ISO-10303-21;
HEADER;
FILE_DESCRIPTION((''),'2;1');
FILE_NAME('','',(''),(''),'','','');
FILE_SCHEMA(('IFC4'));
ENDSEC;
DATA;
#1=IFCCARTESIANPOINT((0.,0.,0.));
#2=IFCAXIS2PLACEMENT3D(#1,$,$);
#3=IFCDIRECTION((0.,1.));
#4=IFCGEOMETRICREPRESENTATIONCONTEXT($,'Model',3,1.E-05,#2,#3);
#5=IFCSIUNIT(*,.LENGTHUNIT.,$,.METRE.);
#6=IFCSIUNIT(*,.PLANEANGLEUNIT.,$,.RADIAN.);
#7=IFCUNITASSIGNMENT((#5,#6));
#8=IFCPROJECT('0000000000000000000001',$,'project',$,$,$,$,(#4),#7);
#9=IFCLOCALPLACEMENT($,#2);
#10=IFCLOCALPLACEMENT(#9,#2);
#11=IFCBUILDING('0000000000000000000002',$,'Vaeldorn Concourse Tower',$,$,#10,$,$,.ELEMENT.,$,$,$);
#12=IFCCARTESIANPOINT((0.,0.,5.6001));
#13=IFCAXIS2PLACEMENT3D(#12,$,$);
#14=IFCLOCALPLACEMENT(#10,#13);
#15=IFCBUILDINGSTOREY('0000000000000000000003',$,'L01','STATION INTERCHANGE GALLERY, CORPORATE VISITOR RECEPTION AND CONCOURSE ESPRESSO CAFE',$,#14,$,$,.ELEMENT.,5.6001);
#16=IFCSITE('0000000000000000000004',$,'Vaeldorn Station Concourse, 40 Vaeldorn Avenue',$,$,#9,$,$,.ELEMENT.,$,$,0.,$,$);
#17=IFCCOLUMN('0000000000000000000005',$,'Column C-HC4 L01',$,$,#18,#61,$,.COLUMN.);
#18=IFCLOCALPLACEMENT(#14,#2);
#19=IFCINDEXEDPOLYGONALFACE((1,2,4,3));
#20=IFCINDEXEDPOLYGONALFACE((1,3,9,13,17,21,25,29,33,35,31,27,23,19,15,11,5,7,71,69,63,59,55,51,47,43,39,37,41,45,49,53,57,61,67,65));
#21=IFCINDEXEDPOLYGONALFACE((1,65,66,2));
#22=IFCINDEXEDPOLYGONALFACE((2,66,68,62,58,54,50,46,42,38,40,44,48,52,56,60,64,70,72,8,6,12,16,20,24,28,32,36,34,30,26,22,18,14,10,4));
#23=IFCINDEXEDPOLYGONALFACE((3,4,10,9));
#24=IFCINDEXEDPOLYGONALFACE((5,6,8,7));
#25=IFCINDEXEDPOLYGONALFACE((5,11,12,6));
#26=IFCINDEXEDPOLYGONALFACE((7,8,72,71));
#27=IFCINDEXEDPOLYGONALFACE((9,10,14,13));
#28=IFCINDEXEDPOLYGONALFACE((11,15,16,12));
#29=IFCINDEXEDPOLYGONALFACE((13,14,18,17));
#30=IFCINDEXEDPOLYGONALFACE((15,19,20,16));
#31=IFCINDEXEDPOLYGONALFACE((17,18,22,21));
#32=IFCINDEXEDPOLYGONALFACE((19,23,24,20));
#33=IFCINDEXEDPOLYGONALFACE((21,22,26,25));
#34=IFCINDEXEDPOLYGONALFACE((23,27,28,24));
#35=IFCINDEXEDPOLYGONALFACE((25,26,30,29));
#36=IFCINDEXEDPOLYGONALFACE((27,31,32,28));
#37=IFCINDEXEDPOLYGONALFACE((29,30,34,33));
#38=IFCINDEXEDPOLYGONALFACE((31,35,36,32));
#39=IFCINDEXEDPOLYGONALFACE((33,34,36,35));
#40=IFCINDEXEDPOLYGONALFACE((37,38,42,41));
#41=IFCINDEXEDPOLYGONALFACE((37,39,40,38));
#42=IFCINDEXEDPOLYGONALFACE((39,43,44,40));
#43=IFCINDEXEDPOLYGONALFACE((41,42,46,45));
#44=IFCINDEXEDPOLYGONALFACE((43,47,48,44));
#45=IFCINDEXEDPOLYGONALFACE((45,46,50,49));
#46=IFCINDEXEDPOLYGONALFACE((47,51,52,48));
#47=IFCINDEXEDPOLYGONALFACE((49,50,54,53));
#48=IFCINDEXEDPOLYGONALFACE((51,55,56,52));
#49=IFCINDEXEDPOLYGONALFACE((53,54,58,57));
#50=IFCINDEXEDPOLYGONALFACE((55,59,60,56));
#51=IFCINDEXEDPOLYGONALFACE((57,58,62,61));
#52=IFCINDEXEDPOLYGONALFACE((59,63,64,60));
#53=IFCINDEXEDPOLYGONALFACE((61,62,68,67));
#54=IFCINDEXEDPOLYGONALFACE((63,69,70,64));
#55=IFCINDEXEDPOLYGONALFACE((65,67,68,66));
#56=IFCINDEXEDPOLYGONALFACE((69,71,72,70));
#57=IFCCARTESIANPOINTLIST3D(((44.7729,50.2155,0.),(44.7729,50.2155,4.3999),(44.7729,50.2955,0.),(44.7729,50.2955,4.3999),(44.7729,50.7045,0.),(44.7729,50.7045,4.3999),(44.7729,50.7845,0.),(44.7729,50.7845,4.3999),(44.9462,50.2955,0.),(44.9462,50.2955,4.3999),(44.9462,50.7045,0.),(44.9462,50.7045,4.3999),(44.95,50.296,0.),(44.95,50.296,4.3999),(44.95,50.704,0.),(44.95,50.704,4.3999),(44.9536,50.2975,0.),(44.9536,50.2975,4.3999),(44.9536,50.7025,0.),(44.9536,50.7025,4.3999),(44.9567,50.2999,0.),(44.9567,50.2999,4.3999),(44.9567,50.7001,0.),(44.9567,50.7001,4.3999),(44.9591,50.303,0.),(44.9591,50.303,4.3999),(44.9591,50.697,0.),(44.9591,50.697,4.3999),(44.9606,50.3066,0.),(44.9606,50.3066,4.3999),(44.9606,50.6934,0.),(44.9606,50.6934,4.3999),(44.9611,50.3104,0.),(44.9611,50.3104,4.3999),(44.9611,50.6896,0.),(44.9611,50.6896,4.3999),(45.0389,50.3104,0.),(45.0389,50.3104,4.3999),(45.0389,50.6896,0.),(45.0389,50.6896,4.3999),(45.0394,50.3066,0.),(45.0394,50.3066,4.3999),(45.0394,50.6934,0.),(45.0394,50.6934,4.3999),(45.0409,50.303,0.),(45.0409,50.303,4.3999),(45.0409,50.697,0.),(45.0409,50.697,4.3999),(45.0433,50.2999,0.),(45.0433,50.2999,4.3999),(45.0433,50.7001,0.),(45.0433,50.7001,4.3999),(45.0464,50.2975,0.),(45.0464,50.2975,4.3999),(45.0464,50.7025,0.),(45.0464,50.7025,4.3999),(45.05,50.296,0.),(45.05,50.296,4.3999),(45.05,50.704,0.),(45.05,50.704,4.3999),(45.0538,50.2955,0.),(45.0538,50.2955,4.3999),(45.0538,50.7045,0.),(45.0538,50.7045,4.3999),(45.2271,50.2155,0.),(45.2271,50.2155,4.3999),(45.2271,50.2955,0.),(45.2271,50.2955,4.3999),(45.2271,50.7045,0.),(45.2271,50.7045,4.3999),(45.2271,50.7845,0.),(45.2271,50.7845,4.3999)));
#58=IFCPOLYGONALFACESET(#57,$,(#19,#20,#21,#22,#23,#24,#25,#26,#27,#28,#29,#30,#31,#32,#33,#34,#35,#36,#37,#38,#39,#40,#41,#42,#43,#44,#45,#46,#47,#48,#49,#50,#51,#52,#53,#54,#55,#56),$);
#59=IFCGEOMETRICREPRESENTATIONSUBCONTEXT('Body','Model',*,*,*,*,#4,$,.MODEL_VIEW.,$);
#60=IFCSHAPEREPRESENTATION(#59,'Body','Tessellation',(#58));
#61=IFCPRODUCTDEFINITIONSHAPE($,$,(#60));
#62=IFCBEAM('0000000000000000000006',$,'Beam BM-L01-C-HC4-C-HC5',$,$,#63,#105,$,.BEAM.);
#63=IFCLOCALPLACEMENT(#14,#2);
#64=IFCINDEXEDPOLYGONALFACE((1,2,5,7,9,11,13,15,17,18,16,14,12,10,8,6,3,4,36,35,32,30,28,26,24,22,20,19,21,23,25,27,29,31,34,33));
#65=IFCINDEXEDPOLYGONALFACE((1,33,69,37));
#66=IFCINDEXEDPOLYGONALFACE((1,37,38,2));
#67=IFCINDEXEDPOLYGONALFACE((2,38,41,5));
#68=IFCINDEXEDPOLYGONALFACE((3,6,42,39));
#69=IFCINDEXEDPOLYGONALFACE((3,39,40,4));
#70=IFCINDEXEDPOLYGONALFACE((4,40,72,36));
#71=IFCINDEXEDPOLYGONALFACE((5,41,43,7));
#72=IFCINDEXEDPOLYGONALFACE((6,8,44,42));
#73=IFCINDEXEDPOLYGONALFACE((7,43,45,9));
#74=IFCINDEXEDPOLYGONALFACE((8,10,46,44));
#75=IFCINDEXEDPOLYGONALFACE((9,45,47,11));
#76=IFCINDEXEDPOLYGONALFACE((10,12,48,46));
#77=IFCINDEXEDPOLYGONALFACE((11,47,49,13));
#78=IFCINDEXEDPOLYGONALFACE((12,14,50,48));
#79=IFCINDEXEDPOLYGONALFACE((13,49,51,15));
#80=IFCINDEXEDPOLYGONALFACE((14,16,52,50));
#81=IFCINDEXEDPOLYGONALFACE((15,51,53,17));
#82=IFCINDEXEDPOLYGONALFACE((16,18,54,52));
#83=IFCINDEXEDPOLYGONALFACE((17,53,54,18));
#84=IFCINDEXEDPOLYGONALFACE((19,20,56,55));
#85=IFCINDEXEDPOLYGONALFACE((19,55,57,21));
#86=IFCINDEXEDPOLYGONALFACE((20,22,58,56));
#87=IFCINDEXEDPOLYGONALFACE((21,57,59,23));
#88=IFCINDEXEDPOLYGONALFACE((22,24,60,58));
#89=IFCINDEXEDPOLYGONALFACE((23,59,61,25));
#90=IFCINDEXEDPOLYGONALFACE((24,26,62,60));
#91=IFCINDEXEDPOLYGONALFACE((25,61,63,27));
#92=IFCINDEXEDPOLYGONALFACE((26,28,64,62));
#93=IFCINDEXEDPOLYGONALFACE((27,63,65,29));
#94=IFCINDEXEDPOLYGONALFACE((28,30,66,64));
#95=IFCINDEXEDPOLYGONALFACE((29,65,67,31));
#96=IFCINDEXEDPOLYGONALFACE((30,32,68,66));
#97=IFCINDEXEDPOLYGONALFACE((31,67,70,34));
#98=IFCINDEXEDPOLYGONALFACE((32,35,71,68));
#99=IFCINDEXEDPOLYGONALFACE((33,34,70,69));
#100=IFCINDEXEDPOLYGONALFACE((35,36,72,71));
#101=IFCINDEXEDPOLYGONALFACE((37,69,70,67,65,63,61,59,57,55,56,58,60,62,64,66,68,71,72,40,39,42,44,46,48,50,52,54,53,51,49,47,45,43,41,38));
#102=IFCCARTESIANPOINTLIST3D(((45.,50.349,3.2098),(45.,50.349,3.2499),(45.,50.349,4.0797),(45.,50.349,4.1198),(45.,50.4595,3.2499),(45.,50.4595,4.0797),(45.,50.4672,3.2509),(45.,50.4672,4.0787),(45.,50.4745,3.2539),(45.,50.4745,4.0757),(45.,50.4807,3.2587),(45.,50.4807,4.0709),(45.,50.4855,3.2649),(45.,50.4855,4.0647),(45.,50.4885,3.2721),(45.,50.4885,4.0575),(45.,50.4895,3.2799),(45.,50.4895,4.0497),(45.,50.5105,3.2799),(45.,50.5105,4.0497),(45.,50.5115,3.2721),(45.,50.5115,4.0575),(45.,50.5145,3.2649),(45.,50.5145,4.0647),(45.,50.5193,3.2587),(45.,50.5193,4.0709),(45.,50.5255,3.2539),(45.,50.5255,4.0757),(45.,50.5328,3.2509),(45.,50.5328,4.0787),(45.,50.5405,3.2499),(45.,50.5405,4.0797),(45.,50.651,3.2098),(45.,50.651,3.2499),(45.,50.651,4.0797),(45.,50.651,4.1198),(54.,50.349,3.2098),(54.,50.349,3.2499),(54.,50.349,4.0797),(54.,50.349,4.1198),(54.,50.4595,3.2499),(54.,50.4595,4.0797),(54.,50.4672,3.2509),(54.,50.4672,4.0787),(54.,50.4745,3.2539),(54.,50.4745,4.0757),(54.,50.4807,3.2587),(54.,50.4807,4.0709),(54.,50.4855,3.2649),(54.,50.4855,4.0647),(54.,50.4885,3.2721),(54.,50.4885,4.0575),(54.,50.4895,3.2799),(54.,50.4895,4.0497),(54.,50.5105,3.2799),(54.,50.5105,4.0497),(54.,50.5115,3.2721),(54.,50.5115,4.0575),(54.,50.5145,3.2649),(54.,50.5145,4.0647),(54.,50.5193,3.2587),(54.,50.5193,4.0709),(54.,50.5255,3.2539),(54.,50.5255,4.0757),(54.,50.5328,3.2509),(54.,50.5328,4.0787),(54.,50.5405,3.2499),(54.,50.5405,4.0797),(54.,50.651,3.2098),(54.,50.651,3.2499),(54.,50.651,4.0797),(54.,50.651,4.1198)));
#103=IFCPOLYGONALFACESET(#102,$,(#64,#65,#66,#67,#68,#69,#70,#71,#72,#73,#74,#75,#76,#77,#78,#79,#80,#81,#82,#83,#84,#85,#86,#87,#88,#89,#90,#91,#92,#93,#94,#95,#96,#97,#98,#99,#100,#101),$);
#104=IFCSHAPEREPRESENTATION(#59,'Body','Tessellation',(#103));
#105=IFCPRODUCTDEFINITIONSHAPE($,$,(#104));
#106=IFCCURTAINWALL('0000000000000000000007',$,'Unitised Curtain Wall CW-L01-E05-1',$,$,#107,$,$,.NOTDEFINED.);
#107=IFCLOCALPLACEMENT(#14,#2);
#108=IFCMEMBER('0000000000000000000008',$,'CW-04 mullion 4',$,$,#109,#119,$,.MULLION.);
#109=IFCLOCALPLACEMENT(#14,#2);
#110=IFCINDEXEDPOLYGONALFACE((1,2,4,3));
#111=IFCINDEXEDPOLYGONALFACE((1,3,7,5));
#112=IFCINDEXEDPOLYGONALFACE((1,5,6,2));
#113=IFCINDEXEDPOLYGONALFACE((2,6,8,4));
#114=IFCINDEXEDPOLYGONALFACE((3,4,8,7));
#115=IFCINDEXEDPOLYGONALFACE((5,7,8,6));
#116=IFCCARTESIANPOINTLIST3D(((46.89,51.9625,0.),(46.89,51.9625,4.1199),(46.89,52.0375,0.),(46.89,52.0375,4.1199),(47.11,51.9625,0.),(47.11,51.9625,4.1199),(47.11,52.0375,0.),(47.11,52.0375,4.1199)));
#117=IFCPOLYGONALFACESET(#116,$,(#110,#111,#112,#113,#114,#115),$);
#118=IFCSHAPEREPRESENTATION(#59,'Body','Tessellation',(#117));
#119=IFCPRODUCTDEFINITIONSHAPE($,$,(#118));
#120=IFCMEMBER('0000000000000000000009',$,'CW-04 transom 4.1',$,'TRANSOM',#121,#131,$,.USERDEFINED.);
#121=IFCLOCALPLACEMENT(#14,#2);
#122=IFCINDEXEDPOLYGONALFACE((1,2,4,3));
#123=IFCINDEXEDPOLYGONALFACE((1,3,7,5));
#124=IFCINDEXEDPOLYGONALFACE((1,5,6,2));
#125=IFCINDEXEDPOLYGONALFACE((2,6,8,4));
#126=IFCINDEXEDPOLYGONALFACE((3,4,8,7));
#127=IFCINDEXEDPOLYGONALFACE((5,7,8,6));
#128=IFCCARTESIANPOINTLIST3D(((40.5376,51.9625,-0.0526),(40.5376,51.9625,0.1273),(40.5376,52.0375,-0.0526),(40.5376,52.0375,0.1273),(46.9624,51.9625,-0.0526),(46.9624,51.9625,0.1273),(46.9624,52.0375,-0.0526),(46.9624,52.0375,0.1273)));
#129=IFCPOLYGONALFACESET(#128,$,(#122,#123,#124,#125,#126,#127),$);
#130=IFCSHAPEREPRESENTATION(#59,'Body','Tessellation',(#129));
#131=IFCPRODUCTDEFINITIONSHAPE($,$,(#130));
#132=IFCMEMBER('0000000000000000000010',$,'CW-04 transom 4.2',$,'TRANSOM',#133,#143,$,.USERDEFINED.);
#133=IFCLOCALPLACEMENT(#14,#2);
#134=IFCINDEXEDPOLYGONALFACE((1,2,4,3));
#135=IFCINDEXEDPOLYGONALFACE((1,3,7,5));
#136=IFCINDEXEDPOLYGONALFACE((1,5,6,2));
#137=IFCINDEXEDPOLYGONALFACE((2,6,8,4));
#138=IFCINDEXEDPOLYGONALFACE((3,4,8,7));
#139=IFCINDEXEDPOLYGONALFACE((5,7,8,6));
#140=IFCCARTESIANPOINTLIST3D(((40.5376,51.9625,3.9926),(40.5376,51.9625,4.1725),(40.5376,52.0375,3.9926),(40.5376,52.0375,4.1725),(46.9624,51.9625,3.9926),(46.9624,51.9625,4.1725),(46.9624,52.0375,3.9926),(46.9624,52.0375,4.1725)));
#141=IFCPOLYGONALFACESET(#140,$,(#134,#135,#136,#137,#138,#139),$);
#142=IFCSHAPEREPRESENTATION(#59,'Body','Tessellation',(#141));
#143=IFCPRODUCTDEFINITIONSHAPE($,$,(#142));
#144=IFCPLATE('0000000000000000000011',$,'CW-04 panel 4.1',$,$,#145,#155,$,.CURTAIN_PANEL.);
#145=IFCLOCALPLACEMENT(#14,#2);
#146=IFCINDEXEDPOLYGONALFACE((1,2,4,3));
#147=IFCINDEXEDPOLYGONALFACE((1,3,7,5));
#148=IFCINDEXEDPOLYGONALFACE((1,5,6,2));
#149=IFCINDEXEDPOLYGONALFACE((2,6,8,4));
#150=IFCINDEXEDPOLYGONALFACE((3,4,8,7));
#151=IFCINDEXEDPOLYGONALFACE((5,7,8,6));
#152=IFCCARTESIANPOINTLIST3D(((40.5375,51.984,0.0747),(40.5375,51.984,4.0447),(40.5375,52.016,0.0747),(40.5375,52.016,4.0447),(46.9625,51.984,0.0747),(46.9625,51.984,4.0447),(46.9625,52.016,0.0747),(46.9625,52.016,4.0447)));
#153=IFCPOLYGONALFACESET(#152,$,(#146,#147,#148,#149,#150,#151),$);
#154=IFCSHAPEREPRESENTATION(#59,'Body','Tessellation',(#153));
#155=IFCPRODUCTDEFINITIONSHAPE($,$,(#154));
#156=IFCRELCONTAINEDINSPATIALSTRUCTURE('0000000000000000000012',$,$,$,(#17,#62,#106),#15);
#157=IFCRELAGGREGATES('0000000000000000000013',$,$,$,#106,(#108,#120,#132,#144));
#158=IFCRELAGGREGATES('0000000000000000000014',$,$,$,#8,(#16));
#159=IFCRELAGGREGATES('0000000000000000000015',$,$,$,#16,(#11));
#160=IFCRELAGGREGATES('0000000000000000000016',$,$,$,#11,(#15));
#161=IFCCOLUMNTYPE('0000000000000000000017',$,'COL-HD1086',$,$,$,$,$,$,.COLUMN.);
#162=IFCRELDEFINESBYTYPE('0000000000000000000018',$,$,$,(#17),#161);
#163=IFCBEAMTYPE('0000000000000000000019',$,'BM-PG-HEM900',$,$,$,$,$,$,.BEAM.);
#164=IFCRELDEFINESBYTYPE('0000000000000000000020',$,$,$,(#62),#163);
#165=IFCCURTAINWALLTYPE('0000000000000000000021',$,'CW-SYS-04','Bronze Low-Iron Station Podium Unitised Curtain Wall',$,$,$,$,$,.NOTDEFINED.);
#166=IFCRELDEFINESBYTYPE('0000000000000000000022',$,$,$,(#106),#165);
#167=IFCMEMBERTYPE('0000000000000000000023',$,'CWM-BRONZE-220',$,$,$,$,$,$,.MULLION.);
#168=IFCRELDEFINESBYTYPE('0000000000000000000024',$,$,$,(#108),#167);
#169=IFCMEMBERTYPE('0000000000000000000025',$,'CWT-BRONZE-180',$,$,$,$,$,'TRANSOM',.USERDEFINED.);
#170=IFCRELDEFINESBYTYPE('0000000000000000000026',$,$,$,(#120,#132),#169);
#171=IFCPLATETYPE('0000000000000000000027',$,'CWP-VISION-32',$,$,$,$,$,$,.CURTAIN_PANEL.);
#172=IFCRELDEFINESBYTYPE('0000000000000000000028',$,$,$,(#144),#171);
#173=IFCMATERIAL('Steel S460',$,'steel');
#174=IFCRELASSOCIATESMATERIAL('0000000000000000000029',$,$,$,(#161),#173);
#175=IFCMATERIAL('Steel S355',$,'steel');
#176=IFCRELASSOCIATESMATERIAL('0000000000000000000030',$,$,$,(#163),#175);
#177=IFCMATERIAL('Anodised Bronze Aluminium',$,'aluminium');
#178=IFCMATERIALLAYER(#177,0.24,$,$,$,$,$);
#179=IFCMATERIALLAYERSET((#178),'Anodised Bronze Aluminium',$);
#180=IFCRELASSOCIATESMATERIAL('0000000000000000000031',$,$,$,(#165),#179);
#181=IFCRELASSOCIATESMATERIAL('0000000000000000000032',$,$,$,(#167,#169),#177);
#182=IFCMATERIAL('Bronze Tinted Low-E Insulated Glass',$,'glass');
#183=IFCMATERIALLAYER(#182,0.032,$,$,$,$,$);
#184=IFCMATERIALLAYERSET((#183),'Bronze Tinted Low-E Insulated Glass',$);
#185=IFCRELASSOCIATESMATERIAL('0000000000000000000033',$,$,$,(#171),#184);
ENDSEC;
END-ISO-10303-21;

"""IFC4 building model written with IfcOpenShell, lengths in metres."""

from ifc_helpers import new_model, si_unit, direction, frame, origin, origin_2d, place, context, subcontext, project, spatial, rectangle, i_section, extrude, source, transform, mapped, material, layer, layer_set, material_profile, profile_set, type_object, element, aggregate, save


model = new_model("IFC4")

# Units and contexts
model_context = context("Model", 3, precision=1e-05, world=origin(), true_north=direction((0.0, 1.0)))
body_context = subcontext(model_context, "Body", "Model", "MODEL_VIEW")
ifc_project = project(units=[si_unit("LENGTHUNIT", "METRE"), si_unit("PLANEANGLEUNIT", "RADIAN")], contexts=[model_context])

# Site, building, storey
site_placement = place(None, origin())
site = spatial("IfcSite", under=ifc_project, at=site_placement, Name="Vaeldorn Station Concourse, 40 Vaeldorn Avenue", CompositionType="ELEMENT", RefElevation=0.0)
building_placement = place(site_placement, origin())
building = spatial("IfcBuilding", under=site, at=building_placement, Name="Vaeldorn Concourse Tower", CompositionType="ELEMENT")
storey_placement = place(building_placement, frame((0.0, 0.0, 5.6001)))
storey = spatial("IfcBuildingStorey", under=building, at=storey_placement, Name="L01", Description="STATION INTERCHANGE GALLERY, CORPORATE VISITOR RECEPTION AND CONCOURSE ESPRESSO CAFE", CompositionType="ELEMENT", Elevation=5.6001)

# Column
ifc_material_1 = material(Name="Steel S460", Category="steel")
ifc_material_profile_1 = material_profile(ifc_material_1, i_section(OverallWidth=0.4541, OverallDepth=0.5691, WebThickness=0.0779, FlangeThickness=0.0801, FilletRadius=0.0149, at=origin_2d()), Name="HD 400x1086")
ifc_profile_set_1 = profile_set([ifc_material_profile_1], Name="Steel S460")
column_type = type_object("IfcColumnType", Name="COL-HD1086", PredefinedType="COLUMN", material=ifc_profile_set_1)
shared_shape_1 = source(origin(), body_context, "Body", "SweptSolid", [
    extrude(i_section(OverallWidth=0.4541, OverallDepth=0.5691, WebThickness=0.0779, FlangeThickness=0.0801, FilletRadius=0.0149, at=origin_2d()), origin(), (0.0, 0.0, 1.0), 4.3999),
])
column_placement = place(storey_placement, frame((45.0, 50.5, 0.0), z_axis=(0.0, 0.0, 1.0), x_axis=(1.0, 0.0, 0.0)))
element("IfcColumn", 1, at=column_placement, inside=storey, type_object=column_type, Name="Column C-HC4 L01", PredefinedType="COLUMN", context=body_context, shape_type="MappedRepresentation", body=[
    mapped(shared_shape_1, transform((0.0, 0.0, 0.0), scale=1.0)),
])

# Beam
ifc_material_2 = material(Name="Steel S355", Category="steel")
ifc_material_profile_2 = material_profile(ifc_material_2, i_section(OverallWidth=0.302, OverallDepth=0.9099, WebThickness=0.021, FlangeThickness=0.04, FilletRadius=0.03, at=origin_2d()), Name="HEM 900")
ifc_profile_set_2 = profile_set([ifc_material_profile_2], Name="Steel S355")
beam_type = type_object("IfcBeamType", Name="BM-PG-HEM900", PredefinedType="BEAM", material=ifc_profile_set_2)
shared_shape_2 = source(origin(), body_context, "Body", "SweptSolid", [
    extrude(i_section(OverallWidth=0.302, OverallDepth=0.9099, WebThickness=0.021, FlangeThickness=0.04, FilletRadius=0.03, at=origin_2d()), origin(), (0.0, 0.0, 1.0), 9.0),
])
beam_placement = place(storey_placement, frame((45.0, 50.5, 3.6648), z_axis=(1.0, 0.0, 0.0), x_axis=(0.0, 1.0, 0.0)))
element("IfcBeam", 2, at=beam_placement, inside=storey, type_object=beam_type, Name="Beam BM-L01-C-HC4-C-HC5", PredefinedType="BEAM", context=body_context, shape_type="MappedRepresentation", body=[
    mapped(shared_shape_2, transform((0.0, 0.0, 0.0), scale=1.0)),
])

# Curtain wall, members, plate
ifc_material_3 = material(Name="Anodised Bronze Aluminium", Category="aluminium")
ifc_layer_1 = layer(ifc_material_3, 0.24)
ifc_layer_set_1 = layer_set([ifc_layer_1], Name="Anodised Bronze Aluminium")
curtain_wall_type = type_object("IfcCurtainWallType", Name="CW-SYS-04", Description="Bronze Low-Iron Station Podium Unitised Curtain Wall", PredefinedType="NOTDEFINED", material=ifc_layer_set_1)
curtain_wall_placement = place(storey_placement, origin())
curtain_wall = element("IfcCurtainWall", 3, at=curtain_wall_placement, inside=storey, type_object=curtain_wall_type, Name="Unitised Curtain Wall CW-L01-E05-1", PredefinedType="NOTDEFINED")
ifc_material_profile_3 = material_profile(ifc_material_3, rectangle(XDim=0.075, YDim=0.22, at=origin_2d()), Name="CWM 75x220")
ifc_profile_set_3 = profile_set([ifc_material_profile_3], Name="Anodised Bronze Aluminium")
member_type_1 = type_object("IfcMemberType", Name="CWM-BRONZE-220", PredefinedType="MULLION", material=ifc_profile_set_3)
shared_shape_3 = source(origin(), body_context, "Body", "SweptSolid", [
    extrude(rectangle(XDim=0.075, YDim=0.22, at=origin_2d()), origin(), (0.0, 0.0, 1.0), 4.1199),
])
member_1_placement = place(storey_placement, frame((47.0, 52.0, 0.0), z_axis=(0.0, 0.0, 1.0), x_axis=(0.0, -1.0, 0.0)))
member_1 = element("IfcMember", 4, at=member_1_placement, type_object=member_type_1, Name="CW-04 mullion 4", PredefinedType="MULLION", context=body_context, shape_type="MappedRepresentation", body=[
    mapped(shared_shape_3, transform((0.0, 0.0, 0.0), scale=1.0)),
])
ifc_material_profile_4 = material_profile(ifc_material_3, rectangle(XDim=0.075, YDim=0.1799, at=origin_2d()), Name="CWT 75x180")
ifc_profile_set_4 = profile_set([ifc_material_profile_4], Name="Anodised Bronze Aluminium")
member_type_2 = type_object("IfcMemberType", Name="CWT-BRONZE-180", ElementType="TRANSOM", PredefinedType="USERDEFINED", material=ifc_profile_set_4)
shared_shape_4 = source(origin(), body_context, "Body", "SweptSolid", [
    extrude(rectangle(XDim=0.075, YDim=0.1799, at=origin_2d()), origin(), (0.0, 0.0, 1.0), 6.4248),
])
member_2_placement = place(storey_placement, frame((46.9624, 52.0, 0.0374), z_axis=(-1.0, 0.0, 0.0), x_axis=(0.0, -1.0, 0.0)))
member_2 = element("IfcMember", 5, at=member_2_placement, type_object=member_type_2, Name="CW-04 transom 4.1", ObjectType="TRANSOM", PredefinedType="USERDEFINED", context=body_context, shape_type="MappedRepresentation", body=[
    mapped(shared_shape_4, transform((0.0, 0.0, 0.0), scale=1.0)),
])
member_3_placement = place(storey_placement, frame((46.9624, 52.0, 4.0825), z_axis=(-1.0, 0.0, 0.0), x_axis=(0.0, -1.0, 0.0)))
member_3 = element("IfcMember", 6, at=member_3_placement, type_object=member_type_2, Name="CW-04 transom 4.2", ObjectType="TRANSOM", PredefinedType="USERDEFINED", context=body_context, shape_type="MappedRepresentation", body=[
    mapped(shared_shape_4, transform((0.0, 0.0, 0.0), scale=1.0)),
])
ifc_material_4 = material(Name="Bronze Tinted Low-E Insulated Glass", Category="glass")
ifc_layer_2 = layer(ifc_material_4, 0.032)
ifc_layer_set_2 = layer_set([ifc_layer_2], Name="Bronze Tinted Low-E Insulated Glass")
plate_type = type_object("IfcPlateType", Name="CWP-VISION-32", PredefinedType="CURTAIN_PANEL", material=ifc_layer_set_2)
shared_shape_5 = source(origin(), body_context, "Body", "SweptSolid", [
    extrude(rectangle(XDim=6.425, YDim=0.032, at=origin_2d()), origin(), (0.0, 0.0, 1.0), 3.97),
])
plate_placement = place(storey_placement, frame((43.75, 52.0, 0.0747), z_axis=(0.0, 0.0, 1.0), x_axis=(-1.0, 0.0, 0.0)))
plate = element("IfcPlate", 7, at=plate_placement, type_object=plate_type, Name="CW-04 panel 4.1", PredefinedType="CURTAIN_PANEL", context=body_context, shape_type="MappedRepresentation", body=[
    mapped(shared_shape_5, transform((0.0, 0.0, 0.0), scale=1.0)),
])
aggregate(curtain_wall, [member_1, member_2, member_3, plate])

save(model, "model.ifc")
